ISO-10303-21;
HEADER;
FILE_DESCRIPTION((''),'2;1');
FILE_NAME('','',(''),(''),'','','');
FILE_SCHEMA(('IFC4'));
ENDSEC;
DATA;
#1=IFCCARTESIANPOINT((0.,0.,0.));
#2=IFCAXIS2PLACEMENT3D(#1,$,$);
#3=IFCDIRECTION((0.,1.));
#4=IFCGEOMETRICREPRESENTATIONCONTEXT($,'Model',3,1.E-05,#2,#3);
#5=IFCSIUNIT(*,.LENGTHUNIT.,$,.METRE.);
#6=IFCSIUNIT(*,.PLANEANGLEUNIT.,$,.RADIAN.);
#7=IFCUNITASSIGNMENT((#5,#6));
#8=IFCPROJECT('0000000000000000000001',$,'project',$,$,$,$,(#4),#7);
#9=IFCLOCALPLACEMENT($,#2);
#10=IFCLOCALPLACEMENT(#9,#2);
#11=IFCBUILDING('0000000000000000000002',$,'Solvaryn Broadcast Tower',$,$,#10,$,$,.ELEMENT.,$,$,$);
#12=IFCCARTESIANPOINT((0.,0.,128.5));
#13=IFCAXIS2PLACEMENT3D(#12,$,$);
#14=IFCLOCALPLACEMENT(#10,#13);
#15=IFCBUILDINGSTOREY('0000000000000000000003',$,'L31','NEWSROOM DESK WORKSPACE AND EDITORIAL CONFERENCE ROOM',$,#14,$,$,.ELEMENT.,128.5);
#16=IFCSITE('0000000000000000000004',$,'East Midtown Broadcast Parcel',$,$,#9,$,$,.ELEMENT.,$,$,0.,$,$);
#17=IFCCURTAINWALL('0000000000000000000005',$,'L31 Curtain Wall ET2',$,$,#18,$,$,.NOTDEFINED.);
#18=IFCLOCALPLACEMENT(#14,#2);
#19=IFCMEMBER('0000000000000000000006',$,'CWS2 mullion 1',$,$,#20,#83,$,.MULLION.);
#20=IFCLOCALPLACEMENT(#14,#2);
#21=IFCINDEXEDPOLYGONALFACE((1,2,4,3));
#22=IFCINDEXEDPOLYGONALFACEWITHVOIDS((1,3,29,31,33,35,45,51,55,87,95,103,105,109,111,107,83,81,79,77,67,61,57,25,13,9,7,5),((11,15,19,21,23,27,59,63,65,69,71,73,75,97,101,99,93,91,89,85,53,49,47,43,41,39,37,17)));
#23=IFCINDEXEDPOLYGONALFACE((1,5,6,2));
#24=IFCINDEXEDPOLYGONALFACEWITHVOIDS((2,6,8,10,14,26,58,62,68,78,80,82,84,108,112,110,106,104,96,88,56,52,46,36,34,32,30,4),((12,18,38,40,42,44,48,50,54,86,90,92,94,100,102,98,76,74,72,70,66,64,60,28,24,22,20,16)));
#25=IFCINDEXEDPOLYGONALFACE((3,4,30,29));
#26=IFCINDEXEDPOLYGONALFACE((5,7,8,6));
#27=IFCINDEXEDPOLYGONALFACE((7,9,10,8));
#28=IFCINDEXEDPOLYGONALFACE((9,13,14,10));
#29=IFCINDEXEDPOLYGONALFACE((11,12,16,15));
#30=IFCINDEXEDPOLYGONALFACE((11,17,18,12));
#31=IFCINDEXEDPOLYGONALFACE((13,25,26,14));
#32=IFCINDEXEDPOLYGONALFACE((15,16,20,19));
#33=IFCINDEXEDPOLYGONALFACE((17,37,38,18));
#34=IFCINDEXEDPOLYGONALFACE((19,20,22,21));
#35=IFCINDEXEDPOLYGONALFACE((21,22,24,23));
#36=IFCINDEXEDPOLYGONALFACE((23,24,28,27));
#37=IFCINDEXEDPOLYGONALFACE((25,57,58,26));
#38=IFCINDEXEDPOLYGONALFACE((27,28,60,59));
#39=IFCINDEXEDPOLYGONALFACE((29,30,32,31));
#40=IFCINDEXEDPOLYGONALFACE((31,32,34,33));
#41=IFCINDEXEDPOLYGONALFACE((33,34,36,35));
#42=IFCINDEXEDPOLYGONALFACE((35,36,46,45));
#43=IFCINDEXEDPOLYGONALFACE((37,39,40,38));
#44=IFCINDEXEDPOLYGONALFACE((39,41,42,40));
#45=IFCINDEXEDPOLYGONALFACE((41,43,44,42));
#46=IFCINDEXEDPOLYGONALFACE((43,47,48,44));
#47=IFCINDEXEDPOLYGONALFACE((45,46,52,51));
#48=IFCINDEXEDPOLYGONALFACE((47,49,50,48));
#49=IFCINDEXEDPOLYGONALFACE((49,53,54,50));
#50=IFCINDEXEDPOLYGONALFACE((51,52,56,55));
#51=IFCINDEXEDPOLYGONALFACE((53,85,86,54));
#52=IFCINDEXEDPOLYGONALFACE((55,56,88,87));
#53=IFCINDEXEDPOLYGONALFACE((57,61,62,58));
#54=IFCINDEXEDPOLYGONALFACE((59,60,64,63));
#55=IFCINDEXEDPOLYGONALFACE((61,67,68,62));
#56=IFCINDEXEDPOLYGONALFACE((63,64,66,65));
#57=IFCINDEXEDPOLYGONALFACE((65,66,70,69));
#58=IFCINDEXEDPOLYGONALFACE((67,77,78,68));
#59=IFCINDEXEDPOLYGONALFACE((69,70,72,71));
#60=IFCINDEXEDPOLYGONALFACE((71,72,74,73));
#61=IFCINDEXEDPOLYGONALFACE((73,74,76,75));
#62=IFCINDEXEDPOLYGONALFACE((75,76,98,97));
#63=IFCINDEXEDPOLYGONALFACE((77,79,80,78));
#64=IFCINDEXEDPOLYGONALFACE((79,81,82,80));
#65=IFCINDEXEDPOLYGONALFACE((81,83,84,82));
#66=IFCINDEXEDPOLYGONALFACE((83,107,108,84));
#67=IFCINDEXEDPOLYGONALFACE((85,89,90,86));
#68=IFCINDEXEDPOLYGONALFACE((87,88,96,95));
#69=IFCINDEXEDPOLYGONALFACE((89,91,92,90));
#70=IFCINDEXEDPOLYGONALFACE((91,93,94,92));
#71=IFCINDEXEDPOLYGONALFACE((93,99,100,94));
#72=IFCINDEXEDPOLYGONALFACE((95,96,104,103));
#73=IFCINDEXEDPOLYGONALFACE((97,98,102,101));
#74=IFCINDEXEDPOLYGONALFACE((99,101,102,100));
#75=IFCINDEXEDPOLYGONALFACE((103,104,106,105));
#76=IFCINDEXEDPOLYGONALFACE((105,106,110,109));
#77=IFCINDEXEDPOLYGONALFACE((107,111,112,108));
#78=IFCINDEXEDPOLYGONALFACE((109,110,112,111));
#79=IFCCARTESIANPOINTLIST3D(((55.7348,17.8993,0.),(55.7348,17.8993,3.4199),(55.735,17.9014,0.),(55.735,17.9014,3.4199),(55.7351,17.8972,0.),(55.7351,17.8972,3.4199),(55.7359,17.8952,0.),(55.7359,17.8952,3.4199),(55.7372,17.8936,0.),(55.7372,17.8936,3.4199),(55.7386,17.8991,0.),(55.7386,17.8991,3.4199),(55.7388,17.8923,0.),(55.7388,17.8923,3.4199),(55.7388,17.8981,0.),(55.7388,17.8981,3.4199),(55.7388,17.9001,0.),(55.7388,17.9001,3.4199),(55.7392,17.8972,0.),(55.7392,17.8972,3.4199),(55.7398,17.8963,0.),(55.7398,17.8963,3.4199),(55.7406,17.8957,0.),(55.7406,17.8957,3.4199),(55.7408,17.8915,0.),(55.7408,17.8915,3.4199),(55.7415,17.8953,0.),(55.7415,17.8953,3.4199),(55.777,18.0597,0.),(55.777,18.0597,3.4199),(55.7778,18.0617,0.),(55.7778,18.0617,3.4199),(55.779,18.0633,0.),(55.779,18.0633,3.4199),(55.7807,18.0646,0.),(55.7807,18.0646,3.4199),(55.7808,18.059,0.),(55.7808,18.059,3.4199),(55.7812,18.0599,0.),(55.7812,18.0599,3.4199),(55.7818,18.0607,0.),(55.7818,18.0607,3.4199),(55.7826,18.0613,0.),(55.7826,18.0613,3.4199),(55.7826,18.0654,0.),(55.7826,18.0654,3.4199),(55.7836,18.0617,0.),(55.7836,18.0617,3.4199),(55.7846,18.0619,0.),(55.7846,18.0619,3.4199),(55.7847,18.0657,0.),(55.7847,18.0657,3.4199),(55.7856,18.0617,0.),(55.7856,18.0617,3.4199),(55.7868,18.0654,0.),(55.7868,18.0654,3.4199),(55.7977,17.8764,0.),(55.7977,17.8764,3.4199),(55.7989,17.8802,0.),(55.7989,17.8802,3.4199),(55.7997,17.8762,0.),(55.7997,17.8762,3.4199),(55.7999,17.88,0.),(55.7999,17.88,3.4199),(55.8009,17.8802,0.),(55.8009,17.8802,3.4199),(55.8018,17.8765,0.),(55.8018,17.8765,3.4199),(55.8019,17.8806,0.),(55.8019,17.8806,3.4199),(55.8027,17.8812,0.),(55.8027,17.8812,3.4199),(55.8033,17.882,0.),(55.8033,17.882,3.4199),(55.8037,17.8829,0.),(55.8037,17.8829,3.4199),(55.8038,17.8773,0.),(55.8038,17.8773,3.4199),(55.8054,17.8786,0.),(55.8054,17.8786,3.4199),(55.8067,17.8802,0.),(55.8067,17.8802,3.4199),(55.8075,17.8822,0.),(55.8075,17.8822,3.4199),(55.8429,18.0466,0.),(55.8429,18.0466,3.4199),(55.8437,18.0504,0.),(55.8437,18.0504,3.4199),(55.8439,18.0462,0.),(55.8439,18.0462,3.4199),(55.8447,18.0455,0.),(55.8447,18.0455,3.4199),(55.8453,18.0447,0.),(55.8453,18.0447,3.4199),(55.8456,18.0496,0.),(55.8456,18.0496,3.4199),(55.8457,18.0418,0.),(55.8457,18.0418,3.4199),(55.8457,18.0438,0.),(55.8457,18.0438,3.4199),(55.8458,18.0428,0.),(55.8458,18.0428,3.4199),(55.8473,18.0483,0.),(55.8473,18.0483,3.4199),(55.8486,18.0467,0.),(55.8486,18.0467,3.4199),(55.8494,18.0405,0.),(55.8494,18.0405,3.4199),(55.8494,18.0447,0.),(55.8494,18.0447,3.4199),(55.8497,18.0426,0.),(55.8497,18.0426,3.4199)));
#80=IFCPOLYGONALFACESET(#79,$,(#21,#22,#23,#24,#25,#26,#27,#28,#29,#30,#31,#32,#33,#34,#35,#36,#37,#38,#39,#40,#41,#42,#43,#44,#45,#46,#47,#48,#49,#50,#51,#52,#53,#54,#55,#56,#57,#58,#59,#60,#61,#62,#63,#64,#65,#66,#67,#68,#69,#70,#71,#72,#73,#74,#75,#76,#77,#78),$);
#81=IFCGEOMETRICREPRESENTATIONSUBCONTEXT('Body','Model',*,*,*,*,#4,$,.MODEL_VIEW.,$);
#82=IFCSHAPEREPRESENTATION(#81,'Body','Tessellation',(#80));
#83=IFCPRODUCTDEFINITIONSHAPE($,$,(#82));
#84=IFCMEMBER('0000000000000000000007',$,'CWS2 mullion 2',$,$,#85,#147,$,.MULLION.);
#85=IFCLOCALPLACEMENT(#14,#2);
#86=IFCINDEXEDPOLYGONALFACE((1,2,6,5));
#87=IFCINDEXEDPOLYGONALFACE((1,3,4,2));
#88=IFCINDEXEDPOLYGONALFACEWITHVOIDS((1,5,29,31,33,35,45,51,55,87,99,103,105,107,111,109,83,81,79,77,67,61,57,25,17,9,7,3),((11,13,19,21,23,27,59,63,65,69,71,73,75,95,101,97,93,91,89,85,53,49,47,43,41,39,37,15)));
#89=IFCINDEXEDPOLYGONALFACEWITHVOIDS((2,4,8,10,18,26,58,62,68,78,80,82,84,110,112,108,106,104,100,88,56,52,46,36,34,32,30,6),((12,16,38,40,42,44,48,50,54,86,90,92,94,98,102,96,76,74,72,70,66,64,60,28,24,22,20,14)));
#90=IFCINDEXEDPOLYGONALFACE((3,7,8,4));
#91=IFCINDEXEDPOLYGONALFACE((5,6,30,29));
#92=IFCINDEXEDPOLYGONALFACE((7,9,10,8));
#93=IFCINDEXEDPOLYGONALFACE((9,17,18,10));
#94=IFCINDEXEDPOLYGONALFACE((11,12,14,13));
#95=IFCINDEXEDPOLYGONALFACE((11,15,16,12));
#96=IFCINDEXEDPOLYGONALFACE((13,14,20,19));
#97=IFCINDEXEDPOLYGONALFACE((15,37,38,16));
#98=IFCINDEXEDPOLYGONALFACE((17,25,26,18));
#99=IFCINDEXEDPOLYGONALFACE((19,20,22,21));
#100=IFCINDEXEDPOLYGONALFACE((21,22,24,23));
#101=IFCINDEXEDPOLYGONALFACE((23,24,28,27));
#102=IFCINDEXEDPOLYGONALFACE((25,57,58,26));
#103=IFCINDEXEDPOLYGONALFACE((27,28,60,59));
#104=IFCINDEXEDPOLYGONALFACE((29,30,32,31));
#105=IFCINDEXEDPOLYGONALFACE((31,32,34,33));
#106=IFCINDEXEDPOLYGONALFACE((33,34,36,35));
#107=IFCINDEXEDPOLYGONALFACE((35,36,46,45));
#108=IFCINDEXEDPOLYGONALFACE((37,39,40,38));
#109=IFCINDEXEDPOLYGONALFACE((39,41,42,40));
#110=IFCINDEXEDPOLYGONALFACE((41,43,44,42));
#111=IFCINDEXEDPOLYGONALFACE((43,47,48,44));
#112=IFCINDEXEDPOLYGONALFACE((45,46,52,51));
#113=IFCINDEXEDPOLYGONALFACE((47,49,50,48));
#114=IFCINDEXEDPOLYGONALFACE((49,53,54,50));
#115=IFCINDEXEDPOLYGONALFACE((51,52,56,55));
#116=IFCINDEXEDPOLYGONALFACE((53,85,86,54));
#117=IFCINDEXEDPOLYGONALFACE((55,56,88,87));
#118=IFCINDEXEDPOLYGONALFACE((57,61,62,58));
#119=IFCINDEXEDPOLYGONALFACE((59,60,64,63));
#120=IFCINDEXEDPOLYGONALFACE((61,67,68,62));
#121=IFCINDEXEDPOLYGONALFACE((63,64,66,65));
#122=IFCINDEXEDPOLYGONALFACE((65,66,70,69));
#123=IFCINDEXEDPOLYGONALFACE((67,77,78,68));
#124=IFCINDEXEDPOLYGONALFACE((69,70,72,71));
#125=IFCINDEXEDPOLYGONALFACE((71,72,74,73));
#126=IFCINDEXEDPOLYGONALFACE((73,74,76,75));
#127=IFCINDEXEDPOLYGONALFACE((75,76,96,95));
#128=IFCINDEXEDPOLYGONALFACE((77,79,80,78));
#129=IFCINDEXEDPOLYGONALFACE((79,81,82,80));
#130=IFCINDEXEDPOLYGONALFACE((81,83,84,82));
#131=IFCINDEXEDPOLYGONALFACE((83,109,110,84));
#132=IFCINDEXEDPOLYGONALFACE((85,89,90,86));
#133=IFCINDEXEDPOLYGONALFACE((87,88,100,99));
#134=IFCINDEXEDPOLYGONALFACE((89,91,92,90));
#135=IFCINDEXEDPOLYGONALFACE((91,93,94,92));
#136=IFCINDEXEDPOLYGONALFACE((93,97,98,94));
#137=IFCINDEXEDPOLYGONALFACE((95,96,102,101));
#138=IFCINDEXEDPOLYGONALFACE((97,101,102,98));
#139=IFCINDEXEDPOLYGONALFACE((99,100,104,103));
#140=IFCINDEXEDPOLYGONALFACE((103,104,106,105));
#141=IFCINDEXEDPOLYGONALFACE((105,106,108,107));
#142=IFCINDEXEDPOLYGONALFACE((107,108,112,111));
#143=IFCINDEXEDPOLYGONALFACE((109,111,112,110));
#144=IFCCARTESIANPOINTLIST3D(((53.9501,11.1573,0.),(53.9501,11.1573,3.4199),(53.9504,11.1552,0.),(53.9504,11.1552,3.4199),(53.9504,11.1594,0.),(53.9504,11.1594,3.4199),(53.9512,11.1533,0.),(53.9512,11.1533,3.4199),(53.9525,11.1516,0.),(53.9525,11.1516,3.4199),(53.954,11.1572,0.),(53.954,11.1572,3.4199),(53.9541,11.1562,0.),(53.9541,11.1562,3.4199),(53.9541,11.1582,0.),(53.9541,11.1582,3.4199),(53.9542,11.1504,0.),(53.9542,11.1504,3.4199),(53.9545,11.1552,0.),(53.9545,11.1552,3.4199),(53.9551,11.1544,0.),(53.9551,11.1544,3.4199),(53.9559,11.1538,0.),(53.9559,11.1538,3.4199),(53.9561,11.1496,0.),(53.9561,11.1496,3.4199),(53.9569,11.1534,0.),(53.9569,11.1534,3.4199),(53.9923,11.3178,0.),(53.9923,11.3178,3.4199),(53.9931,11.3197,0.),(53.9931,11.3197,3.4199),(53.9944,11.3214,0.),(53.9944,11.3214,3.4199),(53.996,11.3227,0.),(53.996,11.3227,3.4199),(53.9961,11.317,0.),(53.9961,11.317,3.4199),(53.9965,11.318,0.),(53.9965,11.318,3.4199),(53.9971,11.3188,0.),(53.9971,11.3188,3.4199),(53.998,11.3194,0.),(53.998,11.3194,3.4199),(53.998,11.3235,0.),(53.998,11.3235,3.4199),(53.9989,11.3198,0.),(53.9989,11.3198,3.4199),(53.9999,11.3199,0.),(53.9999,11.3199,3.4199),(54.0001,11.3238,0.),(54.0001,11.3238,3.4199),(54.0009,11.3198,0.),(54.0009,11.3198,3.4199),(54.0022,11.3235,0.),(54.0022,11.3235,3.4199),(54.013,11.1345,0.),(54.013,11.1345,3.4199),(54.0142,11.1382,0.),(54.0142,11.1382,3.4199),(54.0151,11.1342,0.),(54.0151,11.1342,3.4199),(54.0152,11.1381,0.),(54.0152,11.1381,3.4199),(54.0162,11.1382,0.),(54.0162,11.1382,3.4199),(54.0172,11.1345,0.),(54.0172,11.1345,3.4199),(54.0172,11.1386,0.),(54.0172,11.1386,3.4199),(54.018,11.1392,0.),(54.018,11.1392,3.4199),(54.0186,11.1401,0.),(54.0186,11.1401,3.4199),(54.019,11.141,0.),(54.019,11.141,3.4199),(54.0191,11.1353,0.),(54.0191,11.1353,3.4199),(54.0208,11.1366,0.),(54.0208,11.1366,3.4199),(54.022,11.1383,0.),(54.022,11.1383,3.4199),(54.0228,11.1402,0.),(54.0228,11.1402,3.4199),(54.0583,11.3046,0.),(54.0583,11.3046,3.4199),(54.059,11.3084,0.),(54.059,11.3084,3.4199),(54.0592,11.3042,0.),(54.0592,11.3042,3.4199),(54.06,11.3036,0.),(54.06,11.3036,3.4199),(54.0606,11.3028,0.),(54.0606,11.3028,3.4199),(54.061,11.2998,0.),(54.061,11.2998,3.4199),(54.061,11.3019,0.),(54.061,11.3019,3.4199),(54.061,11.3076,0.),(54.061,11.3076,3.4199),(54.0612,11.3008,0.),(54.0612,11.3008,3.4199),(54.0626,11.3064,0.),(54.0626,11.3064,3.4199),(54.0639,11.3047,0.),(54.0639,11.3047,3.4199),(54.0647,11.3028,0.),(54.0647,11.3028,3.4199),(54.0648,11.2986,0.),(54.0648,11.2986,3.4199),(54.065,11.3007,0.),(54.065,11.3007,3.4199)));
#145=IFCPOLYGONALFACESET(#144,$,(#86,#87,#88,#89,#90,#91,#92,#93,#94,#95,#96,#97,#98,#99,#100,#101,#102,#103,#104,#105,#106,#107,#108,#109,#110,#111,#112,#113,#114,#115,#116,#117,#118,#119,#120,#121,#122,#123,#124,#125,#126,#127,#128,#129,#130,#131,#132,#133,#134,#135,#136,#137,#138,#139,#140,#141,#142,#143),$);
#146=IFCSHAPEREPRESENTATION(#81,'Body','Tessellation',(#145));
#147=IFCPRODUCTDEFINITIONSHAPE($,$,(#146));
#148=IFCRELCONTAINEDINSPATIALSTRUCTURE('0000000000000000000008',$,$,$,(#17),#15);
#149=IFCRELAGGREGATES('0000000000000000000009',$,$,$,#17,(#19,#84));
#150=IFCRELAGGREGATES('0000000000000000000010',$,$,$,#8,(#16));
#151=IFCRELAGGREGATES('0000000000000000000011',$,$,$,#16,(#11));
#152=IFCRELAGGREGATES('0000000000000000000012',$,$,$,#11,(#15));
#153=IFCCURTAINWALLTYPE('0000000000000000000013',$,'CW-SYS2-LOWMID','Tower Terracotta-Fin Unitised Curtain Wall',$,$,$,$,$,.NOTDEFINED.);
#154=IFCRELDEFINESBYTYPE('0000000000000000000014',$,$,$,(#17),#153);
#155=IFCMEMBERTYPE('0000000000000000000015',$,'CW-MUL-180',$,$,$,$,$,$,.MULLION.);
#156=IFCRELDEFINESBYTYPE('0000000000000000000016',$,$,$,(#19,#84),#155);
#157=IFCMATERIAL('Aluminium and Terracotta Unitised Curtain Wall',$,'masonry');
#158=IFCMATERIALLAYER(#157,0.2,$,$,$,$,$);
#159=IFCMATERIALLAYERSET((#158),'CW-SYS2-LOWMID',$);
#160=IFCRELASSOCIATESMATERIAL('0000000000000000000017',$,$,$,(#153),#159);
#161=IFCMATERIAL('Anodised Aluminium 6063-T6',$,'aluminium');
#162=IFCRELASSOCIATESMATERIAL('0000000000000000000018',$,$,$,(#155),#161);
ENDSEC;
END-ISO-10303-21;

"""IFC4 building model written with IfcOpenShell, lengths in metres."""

from ifc_helpers import new_model, si_unit, direction, frame, origin, origin_2d, place, context, subcontext, project, spatial, hollow_rectangle, extrude, material, layer, layer_set, material_profile, profile_set, type_object, element, aggregate, save


model = new_model("IFC4")

# Units and contexts
model_context = context("Model", 3, precision=1e-05, world=origin(), true_north=direction((0.0, 1.0)))
body_context = subcontext(model_context, "Body", "Model", "MODEL_VIEW")
ifc_project = project(units=[si_unit("LENGTHUNIT", "METRE"), si_unit("PLANEANGLEUNIT", "RADIAN")], contexts=[model_context])

# Site, building, storey
site_placement = place(None, origin())
site = spatial("IfcSite", under=ifc_project, at=site_placement, Name="East Midtown Broadcast Parcel", CompositionType="ELEMENT", RefElevation=0.0)
building_placement = place(site_placement, origin())
building = spatial("IfcBuilding", under=site, at=building_placement, Name="Solvaryn Broadcast Tower", CompositionType="ELEMENT")
storey_placement = place(building_placement, frame((0.0, 0.0, 128.5)))
storey = spatial("IfcBuildingStorey", under=building, at=storey_placement, Name="L31", Description="NEWSROOM DESK WORKSPACE AND EDITORIAL CONFERENCE ROOM", CompositionType="ELEMENT", Elevation=128.5)

# Shared definitions
ifc_material_1 = material(Name="Aluminium and Terracotta Unitised Curtain Wall", Category="masonry")
ifc_layer_1 = layer(ifc_material_1, 0.2)
ifc_layer_set_1 = layer_set([ifc_layer_1], Name="CW-SYS2-LOWMID")
curtain_wall_type = type_object("IfcCurtainWallType", Name="CW-SYS2-LOWMID", Description="Tower Terracotta-Fin Unitised Curtain Wall", PredefinedType="NOTDEFINED", material=ifc_layer_set_1)
ifc_material_2 = material(Name="Anodised Aluminium 6063-T6", Category="aluminium")
ifc_material_profile_1 = material_profile(ifc_material_2, hollow_rectangle(XDim=0.075, YDim=0.1799, WallThickness=0.0039, InnerFilletRadius=0.0039, OuterFilletRadius=0.0081, at=origin_2d()))
ifc_profile_set_1 = profile_set([ifc_material_profile_1], Name="Anodised Aluminium 6063-T6")
member_type_1 = type_object("IfcMemberType", Name="CW-MUL-180", PredefinedType="MULLION", material=ifc_profile_set_1)

# Curtain wall, members
curtain_wall_1_placement = place(storey_placement, origin())
curtain_wall_1 = element("IfcCurtainWall", 1, at=curtain_wall_1_placement, inside=storey, type_object=curtain_wall_type, Name="L31 Curtain Wall ET2", PredefinedType="NOTDEFINED")
member_1_placement = place(storey_placement, frame((55.7922, 17.9709, 0.0), z_axis=(0.0, 0.0, 1.0), x_axis=(0.966705, -0.255893, 0.0)))
member_1 = element("IfcMember", 2, at=member_1_placement, type_object=member_type_1, Name="CWS2 mullion 1", PredefinedType="MULLION", context=body_context, shape_type="SweptSolid", body=[
    extrude(hollow_rectangle(XDim=0.075, YDim=0.1799, WallThickness=0.0039, InnerFilletRadius=0.0039, OuterFilletRadius=0.0081, at=origin_2d()), origin(), (0.0, 0.0, 1.0), 3.4199),
])
member_2_placement = place(storey_placement, frame((54.0076, 11.229, 0.0), z_axis=(0.0, 0.0, 1.0), x_axis=(0.966705, -0.255893, 0.0)))
member_2 = element("IfcMember", 3, at=member_2_placement, type_object=member_type_1, Name="CWS2 mullion 2", PredefinedType="MULLION", context=body_context, shape_type="SweptSolid", body=[
    extrude(hollow_rectangle(XDim=0.075, YDim=0.1799, WallThickness=0.0039, InnerFilletRadius=0.0039, OuterFilletRadius=0.0081, at=origin_2d()), origin(), (0.0, 0.0, 1.0), 3.4199),
])

aggregate(curtain_wall_1, [member_1, member_2])

save(model, "model.ifc")
